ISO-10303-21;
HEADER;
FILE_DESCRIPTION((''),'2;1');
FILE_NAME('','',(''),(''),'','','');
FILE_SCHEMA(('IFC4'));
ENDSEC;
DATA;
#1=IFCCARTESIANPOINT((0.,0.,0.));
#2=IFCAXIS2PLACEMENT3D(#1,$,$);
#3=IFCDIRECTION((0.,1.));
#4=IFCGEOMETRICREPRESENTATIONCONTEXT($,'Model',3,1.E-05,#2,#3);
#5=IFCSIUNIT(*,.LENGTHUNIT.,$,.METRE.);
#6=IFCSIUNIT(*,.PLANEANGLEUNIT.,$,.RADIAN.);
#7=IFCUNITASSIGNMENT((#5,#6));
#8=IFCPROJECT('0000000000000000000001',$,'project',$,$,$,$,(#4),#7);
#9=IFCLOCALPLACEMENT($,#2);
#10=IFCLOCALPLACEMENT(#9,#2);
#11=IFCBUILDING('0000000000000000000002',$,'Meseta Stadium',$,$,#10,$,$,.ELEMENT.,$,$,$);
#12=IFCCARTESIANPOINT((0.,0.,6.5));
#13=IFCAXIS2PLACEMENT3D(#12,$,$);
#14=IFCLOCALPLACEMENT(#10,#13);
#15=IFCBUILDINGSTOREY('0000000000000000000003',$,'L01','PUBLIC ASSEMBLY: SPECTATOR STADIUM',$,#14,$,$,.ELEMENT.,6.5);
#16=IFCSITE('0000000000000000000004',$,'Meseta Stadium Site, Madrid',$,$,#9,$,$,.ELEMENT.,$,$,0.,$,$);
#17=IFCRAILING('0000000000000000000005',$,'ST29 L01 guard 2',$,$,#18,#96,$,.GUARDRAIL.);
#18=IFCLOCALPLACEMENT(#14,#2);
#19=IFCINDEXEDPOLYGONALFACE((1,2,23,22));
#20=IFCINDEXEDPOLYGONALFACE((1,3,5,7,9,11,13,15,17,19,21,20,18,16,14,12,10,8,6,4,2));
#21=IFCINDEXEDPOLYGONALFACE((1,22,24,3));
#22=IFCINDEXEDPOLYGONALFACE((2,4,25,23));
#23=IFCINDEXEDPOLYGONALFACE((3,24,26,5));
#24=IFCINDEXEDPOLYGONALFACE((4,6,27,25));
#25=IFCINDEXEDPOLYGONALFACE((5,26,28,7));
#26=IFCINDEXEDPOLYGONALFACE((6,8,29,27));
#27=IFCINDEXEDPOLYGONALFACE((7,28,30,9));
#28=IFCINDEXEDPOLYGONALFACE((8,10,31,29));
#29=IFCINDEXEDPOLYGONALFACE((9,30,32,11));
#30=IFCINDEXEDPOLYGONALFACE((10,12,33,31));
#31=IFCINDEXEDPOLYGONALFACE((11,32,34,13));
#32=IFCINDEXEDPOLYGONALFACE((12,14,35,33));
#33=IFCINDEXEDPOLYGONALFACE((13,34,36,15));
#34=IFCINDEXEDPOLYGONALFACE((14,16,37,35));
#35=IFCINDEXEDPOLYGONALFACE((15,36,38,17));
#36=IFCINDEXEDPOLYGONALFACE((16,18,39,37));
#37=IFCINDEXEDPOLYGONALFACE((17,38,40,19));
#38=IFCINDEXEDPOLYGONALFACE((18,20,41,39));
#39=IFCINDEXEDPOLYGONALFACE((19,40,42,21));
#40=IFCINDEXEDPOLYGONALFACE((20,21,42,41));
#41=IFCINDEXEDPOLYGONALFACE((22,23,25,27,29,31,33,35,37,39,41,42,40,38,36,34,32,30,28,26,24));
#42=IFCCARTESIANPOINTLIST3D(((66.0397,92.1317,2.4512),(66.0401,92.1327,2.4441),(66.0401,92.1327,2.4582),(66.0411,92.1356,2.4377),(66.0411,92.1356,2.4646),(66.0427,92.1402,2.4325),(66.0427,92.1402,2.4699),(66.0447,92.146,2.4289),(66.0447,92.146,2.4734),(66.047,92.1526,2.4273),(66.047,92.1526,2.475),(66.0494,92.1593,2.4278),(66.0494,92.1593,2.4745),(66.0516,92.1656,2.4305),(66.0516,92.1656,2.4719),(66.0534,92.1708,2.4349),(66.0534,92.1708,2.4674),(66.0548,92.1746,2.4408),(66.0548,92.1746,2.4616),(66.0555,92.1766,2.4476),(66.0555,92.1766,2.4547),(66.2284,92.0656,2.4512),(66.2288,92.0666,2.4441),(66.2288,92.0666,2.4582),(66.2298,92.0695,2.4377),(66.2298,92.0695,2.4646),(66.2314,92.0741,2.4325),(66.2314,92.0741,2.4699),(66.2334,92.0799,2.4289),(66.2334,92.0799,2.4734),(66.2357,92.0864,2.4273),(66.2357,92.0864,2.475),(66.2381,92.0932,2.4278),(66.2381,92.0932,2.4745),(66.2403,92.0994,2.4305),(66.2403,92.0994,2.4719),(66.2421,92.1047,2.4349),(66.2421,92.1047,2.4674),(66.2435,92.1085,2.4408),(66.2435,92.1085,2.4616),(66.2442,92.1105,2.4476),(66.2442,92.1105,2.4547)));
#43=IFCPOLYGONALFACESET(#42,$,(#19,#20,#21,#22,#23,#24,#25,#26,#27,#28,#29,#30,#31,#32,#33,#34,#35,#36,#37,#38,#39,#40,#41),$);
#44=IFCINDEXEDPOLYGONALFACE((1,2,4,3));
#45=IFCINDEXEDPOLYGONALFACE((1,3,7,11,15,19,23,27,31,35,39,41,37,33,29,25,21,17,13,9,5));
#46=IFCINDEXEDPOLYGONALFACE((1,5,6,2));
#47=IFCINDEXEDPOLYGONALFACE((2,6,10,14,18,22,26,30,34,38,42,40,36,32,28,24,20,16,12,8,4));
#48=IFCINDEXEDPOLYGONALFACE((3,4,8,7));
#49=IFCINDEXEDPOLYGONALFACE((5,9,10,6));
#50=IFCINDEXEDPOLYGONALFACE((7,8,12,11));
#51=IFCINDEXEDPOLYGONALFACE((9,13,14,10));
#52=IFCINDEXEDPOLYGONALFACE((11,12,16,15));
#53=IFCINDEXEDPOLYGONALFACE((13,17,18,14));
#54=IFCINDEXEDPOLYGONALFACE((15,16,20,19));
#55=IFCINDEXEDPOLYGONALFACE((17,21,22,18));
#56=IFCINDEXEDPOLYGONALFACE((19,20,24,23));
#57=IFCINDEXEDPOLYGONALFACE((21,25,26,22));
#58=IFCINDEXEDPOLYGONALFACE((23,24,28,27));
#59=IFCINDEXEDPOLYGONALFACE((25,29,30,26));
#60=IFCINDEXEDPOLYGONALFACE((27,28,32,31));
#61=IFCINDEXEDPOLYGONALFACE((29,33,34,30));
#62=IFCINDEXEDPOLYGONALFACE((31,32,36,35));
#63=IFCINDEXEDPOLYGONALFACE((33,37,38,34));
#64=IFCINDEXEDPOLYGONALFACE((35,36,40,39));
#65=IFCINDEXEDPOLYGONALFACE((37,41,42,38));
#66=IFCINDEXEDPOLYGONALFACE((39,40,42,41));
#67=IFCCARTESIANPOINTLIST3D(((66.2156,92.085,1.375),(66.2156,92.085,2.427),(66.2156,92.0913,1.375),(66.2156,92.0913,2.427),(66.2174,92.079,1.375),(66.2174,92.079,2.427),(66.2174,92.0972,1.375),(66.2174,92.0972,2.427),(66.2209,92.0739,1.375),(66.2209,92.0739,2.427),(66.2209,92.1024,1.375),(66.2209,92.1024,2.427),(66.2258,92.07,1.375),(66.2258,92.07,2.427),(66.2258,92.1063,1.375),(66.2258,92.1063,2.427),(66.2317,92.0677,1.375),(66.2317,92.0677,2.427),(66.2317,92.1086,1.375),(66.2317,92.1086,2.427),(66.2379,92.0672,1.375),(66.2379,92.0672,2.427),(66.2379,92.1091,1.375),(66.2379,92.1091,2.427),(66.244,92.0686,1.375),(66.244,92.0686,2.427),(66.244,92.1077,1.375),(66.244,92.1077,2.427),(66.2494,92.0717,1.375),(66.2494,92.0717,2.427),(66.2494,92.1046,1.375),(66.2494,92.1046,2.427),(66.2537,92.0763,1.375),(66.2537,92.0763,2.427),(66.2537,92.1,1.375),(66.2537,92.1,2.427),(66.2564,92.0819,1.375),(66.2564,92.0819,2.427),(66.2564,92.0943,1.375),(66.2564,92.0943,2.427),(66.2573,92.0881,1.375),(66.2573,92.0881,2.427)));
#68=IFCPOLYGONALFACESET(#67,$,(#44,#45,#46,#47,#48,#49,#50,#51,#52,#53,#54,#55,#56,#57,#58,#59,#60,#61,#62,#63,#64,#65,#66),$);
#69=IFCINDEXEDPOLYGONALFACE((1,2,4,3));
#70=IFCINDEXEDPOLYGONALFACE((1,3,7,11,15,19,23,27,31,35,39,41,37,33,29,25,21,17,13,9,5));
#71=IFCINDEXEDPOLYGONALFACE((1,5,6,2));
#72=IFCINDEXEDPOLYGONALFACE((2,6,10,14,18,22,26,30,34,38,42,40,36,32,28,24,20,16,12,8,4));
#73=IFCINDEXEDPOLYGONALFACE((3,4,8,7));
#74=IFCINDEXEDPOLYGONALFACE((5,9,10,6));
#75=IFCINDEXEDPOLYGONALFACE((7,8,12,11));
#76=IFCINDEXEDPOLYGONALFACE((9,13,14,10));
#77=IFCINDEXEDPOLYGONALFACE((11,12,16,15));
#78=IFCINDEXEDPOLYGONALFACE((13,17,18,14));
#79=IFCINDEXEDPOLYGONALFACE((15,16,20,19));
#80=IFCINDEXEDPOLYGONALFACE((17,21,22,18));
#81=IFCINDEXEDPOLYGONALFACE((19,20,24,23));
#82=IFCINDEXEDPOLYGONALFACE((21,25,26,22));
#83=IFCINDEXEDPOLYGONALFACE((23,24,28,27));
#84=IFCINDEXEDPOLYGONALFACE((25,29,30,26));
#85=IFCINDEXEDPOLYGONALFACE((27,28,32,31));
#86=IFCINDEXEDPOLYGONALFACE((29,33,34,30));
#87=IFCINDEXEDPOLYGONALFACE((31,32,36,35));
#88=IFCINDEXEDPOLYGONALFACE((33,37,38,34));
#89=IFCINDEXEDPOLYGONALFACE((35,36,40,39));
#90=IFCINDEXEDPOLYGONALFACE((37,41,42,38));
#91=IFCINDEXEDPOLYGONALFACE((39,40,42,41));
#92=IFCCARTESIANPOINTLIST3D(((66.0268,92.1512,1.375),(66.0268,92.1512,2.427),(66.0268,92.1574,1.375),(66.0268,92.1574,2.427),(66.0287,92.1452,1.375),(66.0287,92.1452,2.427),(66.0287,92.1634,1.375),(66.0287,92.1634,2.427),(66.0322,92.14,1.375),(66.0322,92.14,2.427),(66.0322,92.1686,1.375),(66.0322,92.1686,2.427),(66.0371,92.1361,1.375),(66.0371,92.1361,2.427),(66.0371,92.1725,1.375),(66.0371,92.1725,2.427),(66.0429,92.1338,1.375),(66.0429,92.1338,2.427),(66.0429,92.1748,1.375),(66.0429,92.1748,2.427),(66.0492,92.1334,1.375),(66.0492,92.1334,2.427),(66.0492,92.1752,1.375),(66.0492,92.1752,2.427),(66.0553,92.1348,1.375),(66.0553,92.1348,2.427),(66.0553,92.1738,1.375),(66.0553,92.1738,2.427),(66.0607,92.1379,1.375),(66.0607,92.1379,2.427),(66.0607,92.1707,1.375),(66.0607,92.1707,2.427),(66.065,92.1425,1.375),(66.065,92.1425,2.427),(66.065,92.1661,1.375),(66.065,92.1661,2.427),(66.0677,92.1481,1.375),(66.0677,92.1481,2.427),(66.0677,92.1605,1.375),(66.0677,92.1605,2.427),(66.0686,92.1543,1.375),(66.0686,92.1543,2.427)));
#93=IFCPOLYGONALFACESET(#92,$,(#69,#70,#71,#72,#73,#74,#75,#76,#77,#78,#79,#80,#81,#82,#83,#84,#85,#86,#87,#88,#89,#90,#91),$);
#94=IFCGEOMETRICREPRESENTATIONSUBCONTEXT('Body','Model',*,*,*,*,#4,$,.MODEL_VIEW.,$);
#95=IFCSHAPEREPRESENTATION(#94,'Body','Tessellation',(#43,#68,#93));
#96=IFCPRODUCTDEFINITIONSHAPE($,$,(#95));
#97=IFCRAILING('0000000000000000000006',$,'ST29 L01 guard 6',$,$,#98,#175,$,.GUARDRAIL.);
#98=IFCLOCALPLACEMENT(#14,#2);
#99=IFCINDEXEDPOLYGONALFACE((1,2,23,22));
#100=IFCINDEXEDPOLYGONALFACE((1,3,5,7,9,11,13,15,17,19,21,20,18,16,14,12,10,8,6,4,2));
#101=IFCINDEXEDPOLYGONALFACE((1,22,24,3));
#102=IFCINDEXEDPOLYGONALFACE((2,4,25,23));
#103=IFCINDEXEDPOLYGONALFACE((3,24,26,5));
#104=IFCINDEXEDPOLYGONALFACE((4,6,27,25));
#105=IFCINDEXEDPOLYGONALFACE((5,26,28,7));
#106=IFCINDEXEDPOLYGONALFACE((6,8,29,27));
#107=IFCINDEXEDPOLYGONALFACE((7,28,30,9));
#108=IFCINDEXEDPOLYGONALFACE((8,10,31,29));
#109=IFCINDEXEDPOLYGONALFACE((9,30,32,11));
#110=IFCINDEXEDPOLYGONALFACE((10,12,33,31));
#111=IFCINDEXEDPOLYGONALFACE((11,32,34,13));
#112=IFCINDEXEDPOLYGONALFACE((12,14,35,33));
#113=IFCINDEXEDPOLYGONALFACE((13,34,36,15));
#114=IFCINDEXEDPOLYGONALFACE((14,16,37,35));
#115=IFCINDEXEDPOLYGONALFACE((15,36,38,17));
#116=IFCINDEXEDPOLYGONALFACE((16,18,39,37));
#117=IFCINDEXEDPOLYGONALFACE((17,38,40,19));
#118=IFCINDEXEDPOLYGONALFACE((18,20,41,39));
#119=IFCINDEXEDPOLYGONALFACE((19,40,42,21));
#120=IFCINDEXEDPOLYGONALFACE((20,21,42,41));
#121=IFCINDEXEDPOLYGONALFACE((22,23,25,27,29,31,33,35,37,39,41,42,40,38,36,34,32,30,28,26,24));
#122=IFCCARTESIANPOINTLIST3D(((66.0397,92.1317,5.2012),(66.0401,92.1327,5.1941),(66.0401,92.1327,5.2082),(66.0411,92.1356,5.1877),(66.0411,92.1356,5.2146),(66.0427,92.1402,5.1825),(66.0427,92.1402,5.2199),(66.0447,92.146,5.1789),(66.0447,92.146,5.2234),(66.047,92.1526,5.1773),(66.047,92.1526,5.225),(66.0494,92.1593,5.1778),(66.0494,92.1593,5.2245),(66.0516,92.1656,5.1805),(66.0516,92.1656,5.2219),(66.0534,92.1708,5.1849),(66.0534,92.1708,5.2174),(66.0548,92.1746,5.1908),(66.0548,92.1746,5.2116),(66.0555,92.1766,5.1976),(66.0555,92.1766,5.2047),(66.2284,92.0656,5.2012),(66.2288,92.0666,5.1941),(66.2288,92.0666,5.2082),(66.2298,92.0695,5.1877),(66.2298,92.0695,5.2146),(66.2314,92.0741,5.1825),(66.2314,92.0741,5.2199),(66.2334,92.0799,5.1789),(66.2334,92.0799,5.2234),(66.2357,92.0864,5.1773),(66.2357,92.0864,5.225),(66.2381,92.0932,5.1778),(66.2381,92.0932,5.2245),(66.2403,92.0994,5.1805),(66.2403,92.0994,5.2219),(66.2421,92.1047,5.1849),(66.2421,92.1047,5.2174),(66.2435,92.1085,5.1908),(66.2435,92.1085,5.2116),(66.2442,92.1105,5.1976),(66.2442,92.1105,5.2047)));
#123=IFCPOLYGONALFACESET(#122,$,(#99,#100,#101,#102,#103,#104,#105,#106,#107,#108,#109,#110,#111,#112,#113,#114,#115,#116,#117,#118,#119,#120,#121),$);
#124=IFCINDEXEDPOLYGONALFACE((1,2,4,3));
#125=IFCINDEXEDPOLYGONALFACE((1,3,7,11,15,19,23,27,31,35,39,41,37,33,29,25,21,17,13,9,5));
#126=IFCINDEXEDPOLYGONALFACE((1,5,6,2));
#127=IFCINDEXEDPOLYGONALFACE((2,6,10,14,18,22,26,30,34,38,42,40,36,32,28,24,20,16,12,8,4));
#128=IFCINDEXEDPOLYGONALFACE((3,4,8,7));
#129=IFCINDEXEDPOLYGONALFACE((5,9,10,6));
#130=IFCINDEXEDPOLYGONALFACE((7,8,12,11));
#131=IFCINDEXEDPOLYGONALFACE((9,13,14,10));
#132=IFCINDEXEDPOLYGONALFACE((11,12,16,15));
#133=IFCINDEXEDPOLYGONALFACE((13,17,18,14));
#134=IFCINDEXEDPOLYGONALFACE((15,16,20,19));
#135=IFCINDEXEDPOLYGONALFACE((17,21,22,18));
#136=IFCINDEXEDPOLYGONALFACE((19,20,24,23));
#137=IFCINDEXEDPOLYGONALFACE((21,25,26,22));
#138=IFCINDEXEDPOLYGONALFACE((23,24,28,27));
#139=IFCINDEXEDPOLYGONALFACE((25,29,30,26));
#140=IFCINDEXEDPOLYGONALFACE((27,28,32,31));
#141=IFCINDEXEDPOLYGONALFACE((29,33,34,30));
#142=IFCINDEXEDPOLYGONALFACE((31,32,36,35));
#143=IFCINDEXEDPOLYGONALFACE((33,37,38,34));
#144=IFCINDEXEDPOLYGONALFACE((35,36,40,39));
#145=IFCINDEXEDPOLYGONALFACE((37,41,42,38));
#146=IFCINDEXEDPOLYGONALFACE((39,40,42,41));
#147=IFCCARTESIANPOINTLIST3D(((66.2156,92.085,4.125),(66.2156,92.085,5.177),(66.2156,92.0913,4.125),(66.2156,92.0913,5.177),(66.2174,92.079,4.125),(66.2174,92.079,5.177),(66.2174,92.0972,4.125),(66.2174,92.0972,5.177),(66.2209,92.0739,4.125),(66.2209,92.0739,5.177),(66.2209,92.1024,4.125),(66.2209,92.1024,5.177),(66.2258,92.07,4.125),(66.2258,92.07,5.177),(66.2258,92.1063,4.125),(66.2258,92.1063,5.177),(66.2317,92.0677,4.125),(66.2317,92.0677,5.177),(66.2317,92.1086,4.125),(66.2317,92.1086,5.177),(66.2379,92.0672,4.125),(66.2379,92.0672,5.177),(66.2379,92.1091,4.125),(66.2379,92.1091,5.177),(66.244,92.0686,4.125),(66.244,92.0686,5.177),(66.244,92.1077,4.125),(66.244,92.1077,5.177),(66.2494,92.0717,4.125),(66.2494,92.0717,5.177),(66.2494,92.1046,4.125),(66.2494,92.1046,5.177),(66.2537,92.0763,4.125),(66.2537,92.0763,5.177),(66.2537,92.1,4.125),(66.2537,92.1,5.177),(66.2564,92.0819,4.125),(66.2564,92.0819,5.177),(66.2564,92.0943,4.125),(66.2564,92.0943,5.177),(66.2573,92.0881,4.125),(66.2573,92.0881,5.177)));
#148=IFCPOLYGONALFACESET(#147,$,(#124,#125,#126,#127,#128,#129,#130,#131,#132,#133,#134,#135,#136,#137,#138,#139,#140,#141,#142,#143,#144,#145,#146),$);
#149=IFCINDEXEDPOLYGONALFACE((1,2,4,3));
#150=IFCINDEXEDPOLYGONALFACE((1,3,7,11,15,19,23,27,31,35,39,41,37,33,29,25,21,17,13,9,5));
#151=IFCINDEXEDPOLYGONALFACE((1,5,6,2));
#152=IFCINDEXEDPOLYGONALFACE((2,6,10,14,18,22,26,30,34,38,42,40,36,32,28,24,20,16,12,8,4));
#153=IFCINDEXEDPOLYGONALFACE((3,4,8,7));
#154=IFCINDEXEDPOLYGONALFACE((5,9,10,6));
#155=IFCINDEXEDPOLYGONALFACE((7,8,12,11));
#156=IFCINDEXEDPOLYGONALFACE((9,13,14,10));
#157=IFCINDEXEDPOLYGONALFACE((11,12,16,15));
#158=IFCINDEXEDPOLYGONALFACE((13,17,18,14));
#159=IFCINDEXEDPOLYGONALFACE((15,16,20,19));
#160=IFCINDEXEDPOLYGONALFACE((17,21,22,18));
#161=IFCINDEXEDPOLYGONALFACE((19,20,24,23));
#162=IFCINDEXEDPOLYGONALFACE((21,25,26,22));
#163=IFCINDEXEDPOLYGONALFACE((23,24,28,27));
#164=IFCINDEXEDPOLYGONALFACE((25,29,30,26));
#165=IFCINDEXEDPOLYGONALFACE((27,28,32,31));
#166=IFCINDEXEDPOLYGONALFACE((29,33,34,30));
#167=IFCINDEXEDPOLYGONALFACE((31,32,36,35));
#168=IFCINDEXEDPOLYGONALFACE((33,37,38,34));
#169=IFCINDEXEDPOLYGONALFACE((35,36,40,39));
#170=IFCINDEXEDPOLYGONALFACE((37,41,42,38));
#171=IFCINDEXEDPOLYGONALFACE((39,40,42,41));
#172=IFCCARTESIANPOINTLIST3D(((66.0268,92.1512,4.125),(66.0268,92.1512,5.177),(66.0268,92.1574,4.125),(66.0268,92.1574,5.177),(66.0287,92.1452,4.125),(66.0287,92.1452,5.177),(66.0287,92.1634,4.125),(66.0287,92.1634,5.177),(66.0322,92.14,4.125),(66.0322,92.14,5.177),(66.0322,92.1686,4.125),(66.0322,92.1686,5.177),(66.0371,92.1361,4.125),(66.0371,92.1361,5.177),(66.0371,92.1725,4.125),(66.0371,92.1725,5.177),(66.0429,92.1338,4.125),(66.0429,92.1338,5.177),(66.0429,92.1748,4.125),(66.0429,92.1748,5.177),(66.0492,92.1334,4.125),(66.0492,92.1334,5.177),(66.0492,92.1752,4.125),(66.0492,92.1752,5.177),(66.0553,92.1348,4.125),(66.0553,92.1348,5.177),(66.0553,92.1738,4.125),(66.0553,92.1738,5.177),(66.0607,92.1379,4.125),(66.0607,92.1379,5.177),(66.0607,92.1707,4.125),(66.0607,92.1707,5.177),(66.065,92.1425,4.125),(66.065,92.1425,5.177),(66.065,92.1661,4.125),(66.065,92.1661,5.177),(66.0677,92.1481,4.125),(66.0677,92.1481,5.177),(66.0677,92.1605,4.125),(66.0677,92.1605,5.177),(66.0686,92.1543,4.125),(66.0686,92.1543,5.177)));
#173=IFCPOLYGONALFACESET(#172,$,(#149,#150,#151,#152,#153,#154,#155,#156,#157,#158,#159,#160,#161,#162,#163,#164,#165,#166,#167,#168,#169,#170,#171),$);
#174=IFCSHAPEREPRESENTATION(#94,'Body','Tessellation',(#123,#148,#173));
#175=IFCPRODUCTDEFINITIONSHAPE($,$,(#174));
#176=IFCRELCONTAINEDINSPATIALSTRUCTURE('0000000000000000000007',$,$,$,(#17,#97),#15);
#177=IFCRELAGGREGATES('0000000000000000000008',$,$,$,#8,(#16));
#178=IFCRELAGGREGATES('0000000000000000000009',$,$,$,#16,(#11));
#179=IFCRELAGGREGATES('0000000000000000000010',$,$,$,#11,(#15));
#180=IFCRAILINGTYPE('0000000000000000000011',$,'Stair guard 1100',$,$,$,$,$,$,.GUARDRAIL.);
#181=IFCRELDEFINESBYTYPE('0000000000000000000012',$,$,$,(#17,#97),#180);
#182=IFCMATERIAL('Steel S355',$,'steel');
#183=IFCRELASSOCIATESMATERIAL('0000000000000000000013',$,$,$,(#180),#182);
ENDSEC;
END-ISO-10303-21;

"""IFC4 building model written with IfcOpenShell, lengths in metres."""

from ifc_helpers import new_model, si_unit, direction, frame, origin, origin_2d, place, context, subcontext, project, spatial, circle, extrude, material, type_object, element, save


model = new_model("IFC4")

# Units and contexts
model_context = context("Model", 3, precision=1e-05, world=origin(), true_north=direction((0.0, 1.0)))
body_context = subcontext(model_context, "Body", "Model", "MODEL_VIEW")
ifc_project = project(units=[si_unit("LENGTHUNIT", "METRE"), si_unit("PLANEANGLEUNIT", "RADIAN")], contexts=[model_context])

# Site, building, storey
site_placement = place(None, origin())
site = spatial("IfcSite", under=ifc_project, at=site_placement, Name="Meseta Stadium Site, Madrid", CompositionType="ELEMENT", RefElevation=0.0)
building_placement = place(site_placement, origin())
building = spatial("IfcBuilding", under=site, at=building_placement, Name="Meseta Stadium", CompositionType="ELEMENT")
storey_placement = place(building_placement, frame((0.0, 0.0, 6.5)))
storey = spatial("IfcBuildingStorey", under=building, at=storey_placement, Name="L01", Description="PUBLIC ASSEMBLY: SPECTATOR STADIUM", CompositionType="ELEMENT", Elevation=6.5)

# Railings
ifc_material_1 = material(Name="Steel S355", Category="steel")
railing_type_1 = type_object("IfcRailingType", Name="Stair guard 1100", PredefinedType="GUARDRAIL", material=ifc_material_1)
for number, where, name in (
    (1, (66.2363, 92.0881, 1.375), "ST29 L01 guard 2"),
    (2, (66.2363, 92.0881, 4.125), "ST29 L01 guard 6"),
):
    element("IfcRailing", number, at=place(storey_placement, frame(where)), inside=storey, type_object=railing_type_1, Name=name, PredefinedType="GUARDRAIL", context=body_context, shape_type="SweptSolid", body=[
        extrude(circle(Radius=0.0239, at=origin_2d()), frame((0.0, 0.0, 1.0762), z_axis=(-0.943687, 0.33084, 0.0), x_axis=(-0.33084, -0.943687, 0.0)), (0.0, 0.0, 1.0), 0.2),
        extrude(circle(Radius=0.021, at=origin_2d()), origin(), (0.0, 0.0, 1.0), 1.052),
        extrude(circle(Radius=0.021, at=origin_2d()), frame((-0.1887, 0.0662, 0.0)), (0.0, 0.0, 1.0), 1.052),
    ])

save(model, "model.ifc")
